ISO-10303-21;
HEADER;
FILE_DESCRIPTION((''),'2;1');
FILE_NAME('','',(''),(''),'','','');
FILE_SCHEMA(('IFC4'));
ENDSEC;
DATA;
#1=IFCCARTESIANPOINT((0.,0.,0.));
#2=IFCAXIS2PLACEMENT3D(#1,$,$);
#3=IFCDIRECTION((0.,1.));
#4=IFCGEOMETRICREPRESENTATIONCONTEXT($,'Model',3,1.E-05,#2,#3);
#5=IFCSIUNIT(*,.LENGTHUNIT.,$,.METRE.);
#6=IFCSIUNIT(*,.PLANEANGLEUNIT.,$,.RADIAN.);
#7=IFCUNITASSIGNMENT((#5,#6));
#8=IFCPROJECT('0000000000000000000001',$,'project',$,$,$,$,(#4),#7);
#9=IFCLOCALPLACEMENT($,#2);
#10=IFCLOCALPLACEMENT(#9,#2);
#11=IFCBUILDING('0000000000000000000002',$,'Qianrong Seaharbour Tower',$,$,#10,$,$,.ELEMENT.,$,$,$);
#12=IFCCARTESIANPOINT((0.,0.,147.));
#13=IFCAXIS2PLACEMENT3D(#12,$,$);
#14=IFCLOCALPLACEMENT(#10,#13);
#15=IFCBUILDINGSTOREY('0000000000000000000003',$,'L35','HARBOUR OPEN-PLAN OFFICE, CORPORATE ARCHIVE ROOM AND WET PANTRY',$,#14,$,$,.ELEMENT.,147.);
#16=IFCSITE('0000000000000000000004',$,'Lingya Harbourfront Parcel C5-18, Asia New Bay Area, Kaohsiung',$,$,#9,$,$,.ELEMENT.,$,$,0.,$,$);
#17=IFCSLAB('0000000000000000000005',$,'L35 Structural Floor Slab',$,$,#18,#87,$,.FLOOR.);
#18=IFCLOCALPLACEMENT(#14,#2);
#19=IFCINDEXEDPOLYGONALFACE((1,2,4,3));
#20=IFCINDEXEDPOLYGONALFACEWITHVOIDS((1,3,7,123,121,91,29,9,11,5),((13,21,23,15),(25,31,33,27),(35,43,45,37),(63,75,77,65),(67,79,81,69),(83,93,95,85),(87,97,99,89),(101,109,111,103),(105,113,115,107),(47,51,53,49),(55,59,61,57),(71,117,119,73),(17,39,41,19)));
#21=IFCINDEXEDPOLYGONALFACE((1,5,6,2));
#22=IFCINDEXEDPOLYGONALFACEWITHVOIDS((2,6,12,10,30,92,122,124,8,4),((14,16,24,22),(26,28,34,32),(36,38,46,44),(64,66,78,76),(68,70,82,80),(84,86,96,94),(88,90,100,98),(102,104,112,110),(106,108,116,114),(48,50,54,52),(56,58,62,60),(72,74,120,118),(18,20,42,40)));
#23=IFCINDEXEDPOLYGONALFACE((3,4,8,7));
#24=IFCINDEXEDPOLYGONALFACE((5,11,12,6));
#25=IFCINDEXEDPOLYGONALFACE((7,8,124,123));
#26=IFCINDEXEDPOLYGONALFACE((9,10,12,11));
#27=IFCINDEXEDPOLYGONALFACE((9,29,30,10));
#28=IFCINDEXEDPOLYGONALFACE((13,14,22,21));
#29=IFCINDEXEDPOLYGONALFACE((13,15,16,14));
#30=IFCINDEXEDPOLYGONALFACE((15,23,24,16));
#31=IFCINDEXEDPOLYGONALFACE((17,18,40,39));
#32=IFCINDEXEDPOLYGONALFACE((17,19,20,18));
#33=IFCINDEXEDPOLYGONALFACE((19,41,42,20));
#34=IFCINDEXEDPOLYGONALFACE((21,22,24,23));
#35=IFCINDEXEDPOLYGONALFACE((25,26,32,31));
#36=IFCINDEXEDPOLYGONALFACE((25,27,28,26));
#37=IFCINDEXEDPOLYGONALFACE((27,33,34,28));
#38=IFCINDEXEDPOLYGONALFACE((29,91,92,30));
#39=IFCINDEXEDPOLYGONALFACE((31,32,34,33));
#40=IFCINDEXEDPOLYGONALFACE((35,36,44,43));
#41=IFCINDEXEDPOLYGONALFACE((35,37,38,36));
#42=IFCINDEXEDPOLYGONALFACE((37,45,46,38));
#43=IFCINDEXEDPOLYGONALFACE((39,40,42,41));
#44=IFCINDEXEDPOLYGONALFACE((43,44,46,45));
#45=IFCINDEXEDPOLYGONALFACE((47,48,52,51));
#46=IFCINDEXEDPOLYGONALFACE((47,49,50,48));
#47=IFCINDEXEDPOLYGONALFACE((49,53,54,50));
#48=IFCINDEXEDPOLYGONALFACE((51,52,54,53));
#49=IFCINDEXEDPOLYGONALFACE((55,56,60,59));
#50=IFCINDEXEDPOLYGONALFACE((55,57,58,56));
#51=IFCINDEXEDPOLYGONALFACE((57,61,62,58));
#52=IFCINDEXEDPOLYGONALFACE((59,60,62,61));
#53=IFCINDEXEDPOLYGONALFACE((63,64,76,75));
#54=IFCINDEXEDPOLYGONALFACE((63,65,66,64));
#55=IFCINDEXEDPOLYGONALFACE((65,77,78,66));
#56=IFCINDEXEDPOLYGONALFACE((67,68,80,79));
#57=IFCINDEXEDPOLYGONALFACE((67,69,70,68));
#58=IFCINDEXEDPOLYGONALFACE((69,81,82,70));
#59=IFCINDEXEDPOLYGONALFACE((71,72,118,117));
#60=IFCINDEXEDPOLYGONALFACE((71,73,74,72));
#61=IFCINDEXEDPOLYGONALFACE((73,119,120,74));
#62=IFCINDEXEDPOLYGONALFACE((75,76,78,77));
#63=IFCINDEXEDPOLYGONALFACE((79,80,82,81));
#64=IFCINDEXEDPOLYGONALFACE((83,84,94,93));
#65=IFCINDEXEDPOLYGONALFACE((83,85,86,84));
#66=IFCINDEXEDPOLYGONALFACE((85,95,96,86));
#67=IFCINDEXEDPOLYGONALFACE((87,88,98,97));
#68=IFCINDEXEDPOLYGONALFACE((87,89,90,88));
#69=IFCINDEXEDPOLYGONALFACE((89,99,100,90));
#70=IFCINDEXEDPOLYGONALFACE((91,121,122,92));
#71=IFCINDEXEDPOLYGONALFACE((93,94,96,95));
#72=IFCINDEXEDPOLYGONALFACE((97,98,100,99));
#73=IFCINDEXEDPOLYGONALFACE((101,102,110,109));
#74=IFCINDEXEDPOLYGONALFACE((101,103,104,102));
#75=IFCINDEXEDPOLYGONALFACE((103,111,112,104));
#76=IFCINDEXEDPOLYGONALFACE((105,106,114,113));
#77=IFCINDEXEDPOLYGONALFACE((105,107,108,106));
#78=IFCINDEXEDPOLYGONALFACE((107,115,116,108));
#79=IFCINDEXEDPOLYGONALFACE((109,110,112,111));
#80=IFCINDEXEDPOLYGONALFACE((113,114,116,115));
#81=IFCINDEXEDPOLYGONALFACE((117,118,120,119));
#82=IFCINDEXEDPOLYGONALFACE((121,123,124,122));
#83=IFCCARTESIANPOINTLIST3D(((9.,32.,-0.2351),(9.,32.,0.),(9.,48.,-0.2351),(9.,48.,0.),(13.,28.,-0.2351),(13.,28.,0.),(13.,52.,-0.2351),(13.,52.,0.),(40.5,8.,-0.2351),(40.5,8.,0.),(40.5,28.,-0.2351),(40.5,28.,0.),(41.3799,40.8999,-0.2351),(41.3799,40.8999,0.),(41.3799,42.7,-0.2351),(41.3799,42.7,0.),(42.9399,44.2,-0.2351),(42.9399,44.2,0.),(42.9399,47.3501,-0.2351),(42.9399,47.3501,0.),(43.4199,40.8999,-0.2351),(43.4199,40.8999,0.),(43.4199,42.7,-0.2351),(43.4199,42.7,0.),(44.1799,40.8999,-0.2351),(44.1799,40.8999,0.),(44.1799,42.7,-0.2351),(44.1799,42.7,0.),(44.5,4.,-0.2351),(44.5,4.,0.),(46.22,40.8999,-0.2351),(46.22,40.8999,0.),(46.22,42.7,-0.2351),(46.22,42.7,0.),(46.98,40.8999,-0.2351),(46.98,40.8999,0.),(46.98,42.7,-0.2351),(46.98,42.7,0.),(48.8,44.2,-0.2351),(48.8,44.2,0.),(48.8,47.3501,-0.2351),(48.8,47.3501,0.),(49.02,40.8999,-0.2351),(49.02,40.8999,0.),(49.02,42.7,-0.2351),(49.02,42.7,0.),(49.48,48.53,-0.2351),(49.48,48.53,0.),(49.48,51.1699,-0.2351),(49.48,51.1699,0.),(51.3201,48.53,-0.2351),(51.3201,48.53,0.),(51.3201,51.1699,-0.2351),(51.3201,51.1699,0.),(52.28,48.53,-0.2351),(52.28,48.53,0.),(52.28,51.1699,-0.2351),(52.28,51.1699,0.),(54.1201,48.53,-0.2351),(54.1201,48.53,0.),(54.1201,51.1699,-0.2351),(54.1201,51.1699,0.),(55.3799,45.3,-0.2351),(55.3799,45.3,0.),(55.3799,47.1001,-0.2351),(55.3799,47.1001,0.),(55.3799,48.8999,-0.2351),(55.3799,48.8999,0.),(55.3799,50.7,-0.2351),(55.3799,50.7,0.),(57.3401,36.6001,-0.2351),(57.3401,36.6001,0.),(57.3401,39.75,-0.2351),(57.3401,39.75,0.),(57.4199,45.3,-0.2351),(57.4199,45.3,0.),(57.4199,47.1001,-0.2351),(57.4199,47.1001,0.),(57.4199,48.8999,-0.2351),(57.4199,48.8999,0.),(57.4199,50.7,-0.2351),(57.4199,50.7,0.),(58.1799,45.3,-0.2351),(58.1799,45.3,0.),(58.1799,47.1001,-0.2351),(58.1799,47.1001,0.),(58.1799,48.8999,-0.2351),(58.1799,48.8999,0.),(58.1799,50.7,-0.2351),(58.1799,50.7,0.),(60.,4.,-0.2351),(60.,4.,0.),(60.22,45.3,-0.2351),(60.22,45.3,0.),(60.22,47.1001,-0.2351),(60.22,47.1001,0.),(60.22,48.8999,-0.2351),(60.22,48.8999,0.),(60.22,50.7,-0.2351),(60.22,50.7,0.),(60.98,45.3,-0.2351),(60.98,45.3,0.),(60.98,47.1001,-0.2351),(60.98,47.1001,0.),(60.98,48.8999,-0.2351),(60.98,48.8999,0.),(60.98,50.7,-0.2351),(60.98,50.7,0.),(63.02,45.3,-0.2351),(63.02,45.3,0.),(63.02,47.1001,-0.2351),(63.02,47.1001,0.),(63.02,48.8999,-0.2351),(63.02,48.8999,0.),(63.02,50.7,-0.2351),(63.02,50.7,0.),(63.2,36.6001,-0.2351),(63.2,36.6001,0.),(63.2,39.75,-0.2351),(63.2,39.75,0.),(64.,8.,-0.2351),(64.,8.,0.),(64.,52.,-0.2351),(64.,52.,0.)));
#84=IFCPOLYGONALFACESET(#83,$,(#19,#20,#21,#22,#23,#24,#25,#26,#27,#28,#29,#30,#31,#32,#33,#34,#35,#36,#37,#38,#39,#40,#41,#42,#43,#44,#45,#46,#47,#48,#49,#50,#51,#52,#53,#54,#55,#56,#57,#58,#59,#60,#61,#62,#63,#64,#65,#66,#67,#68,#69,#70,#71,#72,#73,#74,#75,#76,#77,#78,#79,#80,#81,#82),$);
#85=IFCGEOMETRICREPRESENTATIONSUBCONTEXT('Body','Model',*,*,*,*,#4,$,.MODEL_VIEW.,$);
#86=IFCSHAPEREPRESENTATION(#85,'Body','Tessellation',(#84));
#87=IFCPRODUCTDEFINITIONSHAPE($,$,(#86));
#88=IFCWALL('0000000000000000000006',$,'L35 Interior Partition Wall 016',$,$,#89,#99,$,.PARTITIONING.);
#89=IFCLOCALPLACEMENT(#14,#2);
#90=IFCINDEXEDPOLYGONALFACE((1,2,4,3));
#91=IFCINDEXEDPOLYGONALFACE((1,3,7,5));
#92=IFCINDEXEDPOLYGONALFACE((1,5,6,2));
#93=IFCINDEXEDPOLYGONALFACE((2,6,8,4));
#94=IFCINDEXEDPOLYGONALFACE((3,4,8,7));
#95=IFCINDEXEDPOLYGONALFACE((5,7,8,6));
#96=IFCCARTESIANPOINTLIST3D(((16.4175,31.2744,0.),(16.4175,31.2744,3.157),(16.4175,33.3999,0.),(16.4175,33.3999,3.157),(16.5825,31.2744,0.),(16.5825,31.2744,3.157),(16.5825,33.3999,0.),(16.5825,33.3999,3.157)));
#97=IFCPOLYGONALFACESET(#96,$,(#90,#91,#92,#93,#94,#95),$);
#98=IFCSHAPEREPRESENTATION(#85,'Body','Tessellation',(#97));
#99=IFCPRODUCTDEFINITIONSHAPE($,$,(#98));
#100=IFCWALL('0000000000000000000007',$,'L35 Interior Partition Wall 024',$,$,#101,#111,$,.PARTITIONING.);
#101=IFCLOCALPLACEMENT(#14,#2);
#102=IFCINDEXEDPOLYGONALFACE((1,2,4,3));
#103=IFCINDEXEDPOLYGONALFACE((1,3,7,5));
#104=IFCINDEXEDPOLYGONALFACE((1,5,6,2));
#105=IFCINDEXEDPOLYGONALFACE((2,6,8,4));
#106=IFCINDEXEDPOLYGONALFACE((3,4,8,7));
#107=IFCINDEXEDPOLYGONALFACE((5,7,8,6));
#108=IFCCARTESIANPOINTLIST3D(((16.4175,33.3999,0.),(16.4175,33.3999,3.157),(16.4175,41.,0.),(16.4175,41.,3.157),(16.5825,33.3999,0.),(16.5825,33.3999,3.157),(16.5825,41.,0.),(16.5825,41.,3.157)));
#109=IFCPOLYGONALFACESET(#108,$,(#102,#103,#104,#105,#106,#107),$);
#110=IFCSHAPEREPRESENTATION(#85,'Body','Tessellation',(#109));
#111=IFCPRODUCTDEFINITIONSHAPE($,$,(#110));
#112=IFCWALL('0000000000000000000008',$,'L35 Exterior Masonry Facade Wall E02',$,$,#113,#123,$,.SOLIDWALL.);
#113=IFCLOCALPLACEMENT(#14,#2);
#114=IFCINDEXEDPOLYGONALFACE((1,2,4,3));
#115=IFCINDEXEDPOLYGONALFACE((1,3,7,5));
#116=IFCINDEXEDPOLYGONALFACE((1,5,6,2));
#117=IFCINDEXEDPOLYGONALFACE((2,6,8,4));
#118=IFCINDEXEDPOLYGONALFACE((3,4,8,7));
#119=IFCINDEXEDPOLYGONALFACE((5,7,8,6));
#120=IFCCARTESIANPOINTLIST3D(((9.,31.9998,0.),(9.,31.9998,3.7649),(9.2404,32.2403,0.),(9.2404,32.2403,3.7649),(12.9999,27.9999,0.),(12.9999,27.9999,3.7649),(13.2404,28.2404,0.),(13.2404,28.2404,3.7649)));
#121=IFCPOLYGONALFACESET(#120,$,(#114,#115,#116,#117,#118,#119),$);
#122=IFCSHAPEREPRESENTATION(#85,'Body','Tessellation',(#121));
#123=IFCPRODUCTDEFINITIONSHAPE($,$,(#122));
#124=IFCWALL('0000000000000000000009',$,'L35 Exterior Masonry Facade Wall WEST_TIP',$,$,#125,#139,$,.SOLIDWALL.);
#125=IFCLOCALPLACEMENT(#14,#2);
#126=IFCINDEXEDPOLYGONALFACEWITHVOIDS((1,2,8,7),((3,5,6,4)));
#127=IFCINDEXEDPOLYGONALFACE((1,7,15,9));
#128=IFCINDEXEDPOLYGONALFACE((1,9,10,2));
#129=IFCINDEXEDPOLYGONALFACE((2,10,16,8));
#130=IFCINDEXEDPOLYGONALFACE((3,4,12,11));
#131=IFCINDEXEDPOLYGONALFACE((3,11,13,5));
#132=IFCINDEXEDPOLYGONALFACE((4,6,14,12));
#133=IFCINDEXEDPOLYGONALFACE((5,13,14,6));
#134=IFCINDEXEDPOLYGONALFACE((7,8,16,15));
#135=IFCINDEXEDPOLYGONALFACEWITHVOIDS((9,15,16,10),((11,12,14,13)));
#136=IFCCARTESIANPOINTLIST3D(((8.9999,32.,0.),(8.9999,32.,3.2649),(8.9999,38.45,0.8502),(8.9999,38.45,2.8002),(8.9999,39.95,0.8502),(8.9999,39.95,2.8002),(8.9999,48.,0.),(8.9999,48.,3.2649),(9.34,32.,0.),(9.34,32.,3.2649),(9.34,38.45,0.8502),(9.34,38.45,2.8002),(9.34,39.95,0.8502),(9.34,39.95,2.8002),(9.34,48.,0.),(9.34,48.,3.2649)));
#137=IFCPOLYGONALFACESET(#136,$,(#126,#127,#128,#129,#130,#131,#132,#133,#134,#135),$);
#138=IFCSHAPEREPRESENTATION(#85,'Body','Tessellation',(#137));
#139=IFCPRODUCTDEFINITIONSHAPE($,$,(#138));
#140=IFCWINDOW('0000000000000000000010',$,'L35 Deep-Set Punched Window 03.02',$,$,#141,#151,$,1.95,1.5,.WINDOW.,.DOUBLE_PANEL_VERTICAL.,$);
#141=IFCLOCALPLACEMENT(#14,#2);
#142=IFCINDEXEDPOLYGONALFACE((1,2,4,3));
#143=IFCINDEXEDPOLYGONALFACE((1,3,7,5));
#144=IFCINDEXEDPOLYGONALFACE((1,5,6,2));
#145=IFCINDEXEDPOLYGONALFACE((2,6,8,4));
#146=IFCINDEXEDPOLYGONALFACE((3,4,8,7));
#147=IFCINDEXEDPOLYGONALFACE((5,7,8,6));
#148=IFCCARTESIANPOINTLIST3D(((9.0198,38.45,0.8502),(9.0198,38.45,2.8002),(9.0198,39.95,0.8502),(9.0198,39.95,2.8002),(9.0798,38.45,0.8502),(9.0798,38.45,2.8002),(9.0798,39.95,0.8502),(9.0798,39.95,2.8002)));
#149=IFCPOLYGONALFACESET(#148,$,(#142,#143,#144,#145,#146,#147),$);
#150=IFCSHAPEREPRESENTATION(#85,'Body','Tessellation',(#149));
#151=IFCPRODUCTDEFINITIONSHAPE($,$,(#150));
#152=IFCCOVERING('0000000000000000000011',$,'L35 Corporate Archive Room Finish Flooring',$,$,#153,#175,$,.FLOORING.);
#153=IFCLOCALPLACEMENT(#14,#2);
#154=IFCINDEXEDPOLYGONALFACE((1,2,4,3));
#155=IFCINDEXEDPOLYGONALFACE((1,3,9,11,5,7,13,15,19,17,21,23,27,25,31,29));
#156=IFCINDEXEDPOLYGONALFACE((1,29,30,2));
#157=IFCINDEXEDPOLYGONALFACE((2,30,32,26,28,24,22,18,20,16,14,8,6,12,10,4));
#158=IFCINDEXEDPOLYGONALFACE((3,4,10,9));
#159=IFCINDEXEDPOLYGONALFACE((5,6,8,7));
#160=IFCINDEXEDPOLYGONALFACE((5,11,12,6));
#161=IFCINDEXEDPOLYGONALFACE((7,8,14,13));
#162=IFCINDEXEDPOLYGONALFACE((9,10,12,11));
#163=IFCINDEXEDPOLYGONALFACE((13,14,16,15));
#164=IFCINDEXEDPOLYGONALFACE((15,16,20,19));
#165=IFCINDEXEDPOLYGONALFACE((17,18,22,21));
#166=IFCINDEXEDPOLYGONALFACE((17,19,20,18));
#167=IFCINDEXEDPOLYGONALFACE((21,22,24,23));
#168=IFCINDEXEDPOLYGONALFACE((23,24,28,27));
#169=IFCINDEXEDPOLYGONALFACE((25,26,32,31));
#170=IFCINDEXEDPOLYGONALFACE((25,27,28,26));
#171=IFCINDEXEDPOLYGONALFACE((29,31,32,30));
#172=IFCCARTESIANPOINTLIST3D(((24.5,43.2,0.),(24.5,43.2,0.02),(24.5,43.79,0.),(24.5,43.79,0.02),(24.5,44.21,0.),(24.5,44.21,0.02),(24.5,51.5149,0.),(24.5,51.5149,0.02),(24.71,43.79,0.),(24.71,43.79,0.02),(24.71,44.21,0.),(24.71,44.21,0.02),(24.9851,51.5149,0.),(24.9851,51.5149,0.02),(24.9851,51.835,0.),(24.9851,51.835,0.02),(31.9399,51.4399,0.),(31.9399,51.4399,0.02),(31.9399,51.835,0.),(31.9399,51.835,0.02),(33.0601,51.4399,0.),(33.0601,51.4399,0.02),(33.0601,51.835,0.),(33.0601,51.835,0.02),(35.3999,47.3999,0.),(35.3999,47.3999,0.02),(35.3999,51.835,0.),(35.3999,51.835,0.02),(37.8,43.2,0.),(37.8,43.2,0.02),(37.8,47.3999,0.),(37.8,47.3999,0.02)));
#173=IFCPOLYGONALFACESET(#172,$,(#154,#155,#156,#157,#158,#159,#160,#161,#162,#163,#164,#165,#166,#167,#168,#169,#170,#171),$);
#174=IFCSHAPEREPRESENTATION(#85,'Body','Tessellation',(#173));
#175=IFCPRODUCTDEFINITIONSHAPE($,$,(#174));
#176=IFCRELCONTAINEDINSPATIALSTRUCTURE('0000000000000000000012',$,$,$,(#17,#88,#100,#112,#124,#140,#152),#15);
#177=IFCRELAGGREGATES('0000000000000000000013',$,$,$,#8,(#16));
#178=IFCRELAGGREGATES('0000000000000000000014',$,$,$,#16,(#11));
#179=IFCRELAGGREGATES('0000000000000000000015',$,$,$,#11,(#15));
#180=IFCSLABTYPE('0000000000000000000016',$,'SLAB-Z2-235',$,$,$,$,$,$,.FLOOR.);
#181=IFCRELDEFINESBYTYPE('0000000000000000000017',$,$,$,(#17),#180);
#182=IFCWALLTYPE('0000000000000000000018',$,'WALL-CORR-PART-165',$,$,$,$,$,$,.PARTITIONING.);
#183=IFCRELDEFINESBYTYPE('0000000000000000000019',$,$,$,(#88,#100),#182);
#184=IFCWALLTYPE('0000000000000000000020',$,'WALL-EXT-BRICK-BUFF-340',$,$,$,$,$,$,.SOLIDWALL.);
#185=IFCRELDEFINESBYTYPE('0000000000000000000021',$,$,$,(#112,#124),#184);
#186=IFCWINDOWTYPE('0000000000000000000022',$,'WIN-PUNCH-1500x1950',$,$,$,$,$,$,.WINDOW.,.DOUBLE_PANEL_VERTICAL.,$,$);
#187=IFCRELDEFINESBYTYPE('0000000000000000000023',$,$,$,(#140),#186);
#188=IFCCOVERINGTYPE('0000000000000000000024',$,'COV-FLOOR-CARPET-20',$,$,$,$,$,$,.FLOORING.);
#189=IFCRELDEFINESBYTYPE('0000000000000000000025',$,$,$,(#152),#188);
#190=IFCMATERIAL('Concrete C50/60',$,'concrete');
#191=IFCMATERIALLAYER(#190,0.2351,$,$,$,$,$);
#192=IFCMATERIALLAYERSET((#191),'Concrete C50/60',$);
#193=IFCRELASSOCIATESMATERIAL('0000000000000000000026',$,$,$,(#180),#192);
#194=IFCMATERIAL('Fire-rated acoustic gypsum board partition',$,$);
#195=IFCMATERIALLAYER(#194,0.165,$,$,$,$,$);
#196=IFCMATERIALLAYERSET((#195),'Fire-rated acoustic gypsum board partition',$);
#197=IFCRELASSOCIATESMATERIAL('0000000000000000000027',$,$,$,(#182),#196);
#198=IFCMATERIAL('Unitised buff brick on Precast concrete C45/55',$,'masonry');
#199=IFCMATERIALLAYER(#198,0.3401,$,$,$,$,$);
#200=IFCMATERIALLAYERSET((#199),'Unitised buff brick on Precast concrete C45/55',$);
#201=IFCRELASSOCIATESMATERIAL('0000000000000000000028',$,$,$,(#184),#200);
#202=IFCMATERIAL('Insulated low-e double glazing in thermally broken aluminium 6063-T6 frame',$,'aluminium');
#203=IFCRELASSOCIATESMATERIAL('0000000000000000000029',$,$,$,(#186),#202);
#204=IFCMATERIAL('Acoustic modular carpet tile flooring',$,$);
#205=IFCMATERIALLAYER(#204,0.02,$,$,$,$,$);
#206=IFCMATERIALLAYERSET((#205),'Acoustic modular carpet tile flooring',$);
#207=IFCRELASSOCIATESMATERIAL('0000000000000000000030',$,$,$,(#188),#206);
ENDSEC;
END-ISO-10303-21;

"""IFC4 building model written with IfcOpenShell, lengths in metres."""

from ifc_helpers import new_model, si_unit, direction, frame, frame_2d, origin, place, context, subcontext, project, spatial, polyline, rectangle, outline, extrude, material, layer, layer_set, type_object, element, fill, save


model = new_model("IFC4")

# Units and contexts
model_context = context("Model", 3, precision=1e-05, world=origin(), true_north=direction((0.0, 1.0)))
body_context = subcontext(model_context, "Body", "Model", "MODEL_VIEW")
ifc_project = project(units=[si_unit("LENGTHUNIT", "METRE"), si_unit("PLANEANGLEUNIT", "RADIAN")], contexts=[model_context])

# Site, building, storey
site_placement = place(None, origin())
site = spatial("IfcSite", under=ifc_project, at=site_placement, Name="Lingya Harbourfront Parcel C5-18, Asia New Bay Area, Kaohsiung", CompositionType="ELEMENT", RefElevation=0.0)
building_placement = place(site_placement, origin())
building = spatial("IfcBuilding", under=site, at=building_placement, Name="Qianrong Seaharbour Tower", CompositionType="ELEMENT")
storey_placement = place(building_placement, frame((0.0, 0.0, 147.0)))
storey = spatial("IfcBuildingStorey", under=building, at=storey_placement, Name="L35", Description="HARBOUR OPEN-PLAN OFFICE, CORPORATE ARCHIVE ROOM AND WET PANTRY", CompositionType="ELEMENT", Elevation=147.0)

# Shared definitions
ifc_material_1 = material(Name="Concrete C50/60", Category="concrete")

# Slab
ifc_layer_1 = layer(ifc_material_1, 0.2351)
ifc_layer_set_1 = layer_set([ifc_layer_1], Name="Concrete C50/60")
slab_type_1 = type_object("IfcSlabType", Name="SLAB-Z2-235", PredefinedType="FLOOR", material=ifc_layer_set_1)
slab_1_placement = place(storey_placement, frame((0.0, 0.0, -0.2351)))
element("IfcSlab", 1, at=slab_1_placement, inside=storey, type_object=slab_type_1, Name="L35 Structural Floor Slab", PredefinedType="FLOOR", context=body_context, shape_type="SweptSolid", body=[
    extrude(outline(polyline([(44.5, 4.0), (60.0, 4.0), (64.0, 8.0), (64.0, 52.0), (13.0, 52.0), (9.0, 48.0), (9.0, 32.0), (13.0, 28.0), (40.5, 28.0), (40.5, 8.0), (44.5, 4.0)]), holes=[polyline([(42.9399, 44.2), (42.9399, 47.3501), (48.8, 47.3501), (48.8, 44.2), (42.9399, 44.2)]), polyline([(57.3401, 36.6001), (57.3401, 39.75), (63.2, 39.75), (63.2, 36.6001), (57.3401, 36.6001)]), polyline([(49.48, 48.53), (49.48, 51.1699), (51.3201, 51.1699), (51.3201, 48.53), (49.48, 48.53)]), polyline([(52.28, 48.53), (52.28, 51.1699), (54.1201, 51.1699), (54.1201, 48.53), (52.28, 48.53)]), polyline([(41.3799, 40.8999), (41.3799, 42.7), (43.4199, 42.7), (43.4199, 40.8999), (41.3799, 40.8999)]), polyline([(44.1799, 40.8999), (44.1799, 42.7), (46.22, 42.7), (46.22, 40.8999), (44.1799, 40.8999)]), polyline([(46.98, 40.8999), (46.98, 42.7), (49.02, 42.7), (49.02, 40.8999), (46.98, 40.8999)]), polyline([(55.3799, 45.3), (55.3799, 47.1001), (57.4199, 47.1001), (57.4199, 45.3), (55.3799, 45.3)]), polyline([(58.1799, 45.3), (58.1799, 47.1001), (60.22, 47.1001), (60.22, 45.3), (58.1799, 45.3)]), polyline([(60.98, 45.3), (60.98, 47.1001), (63.02, 47.1001), (63.02, 45.3), (60.98, 45.3)]), polyline([(55.3799, 48.8999), (55.3799, 50.7), (57.4199, 50.7), (57.4199, 48.8999), (55.3799, 48.8999)]), polyline([(58.1799, 48.8999), (58.1799, 50.7), (60.22, 50.7), (60.22, 48.8999), (58.1799, 48.8999)]), polyline([(60.98, 48.8999), (60.98, 50.7), (63.02, 50.7), (63.02, 48.8999), (60.98, 48.8999)])]), origin(), (0.0, 0.0, 1.0), 0.2351),
])

# Walls
ifc_material_2 = material(Name="Fire-rated acoustic gypsum board partition")
ifc_layer_2 = layer(ifc_material_2, 0.165)
ifc_layer_set_2 = layer_set([ifc_layer_2], Name="Fire-rated acoustic gypsum board partition")
wall_type_1 = type_object("IfcWallType", Name="WALL-CORR-PART-165", PredefinedType="PARTITIONING", material=ifc_layer_set_2)
wall_1_placement = place(storey_placement, frame((16.5, 31.2744, 0.0), z_axis=(0.0, 0.0, 1.0), x_axis=(0.0, 1.0, 0.0)))
element("IfcWall", 2, at=wall_1_placement, inside=storey, type_object=wall_type_1, Name="L35 Interior Partition Wall 016", PredefinedType="PARTITIONING", context=body_context, shape_type="SweptSolid", body=[
    extrude(rectangle(XDim=2.1255, YDim=0.165, at=frame_2d((1.0627, 0.0))), origin(), (0.0, 0.0, 1.0), 3.157),
])
wall_2_placement = place(storey_placement, frame((16.5, 33.3999, 0.0), z_axis=(0.0, 0.0, 1.0), x_axis=(0.0, 1.0, 0.0)))
element("IfcWall", 3, at=wall_2_placement, inside=storey, type_object=wall_type_1, Name="L35 Interior Partition Wall 024", PredefinedType="PARTITIONING", context=body_context, shape_type="SweptSolid", body=[
    extrude(rectangle(XDim=7.6001, YDim=0.165, at=frame_2d((3.8, 0.0))), origin(), (0.0, 0.0, 1.0), 3.157),
])
ifc_material_3 = material(Name="Unitised buff brick on Precast concrete C45/55", Category="masonry")
ifc_layer_3 = layer(ifc_material_3, 0.3401)
ifc_layer_set_3 = layer_set([ifc_layer_3], Name="Unitised buff brick on Precast concrete C45/55")
wall_type_2 = type_object("IfcWallType", Name="WALL-EXT-BRICK-BUFF-340", PredefinedType="SOLIDWALL", material=ifc_layer_set_3)
wall_3_placement = place(storey_placement, frame((13.1201, 28.1201, 0.0), z_axis=(0.0, 0.0, 1.0), x_axis=(-0.707107, 0.707107, 0.0)))
element("IfcWall", 4, at=wall_3_placement, inside=storey, type_object=wall_type_2, Name="L35 Exterior Masonry Facade Wall E02", PredefinedType="SOLIDWALL", context=body_context, shape_type="SweptSolid", body=[
    extrude(rectangle(XDim=5.6567, YDim=0.3401, at=frame_2d((2.8284, 0.0))), origin(), (0.0, 0.0, 1.0), 3.7649),
])

# Wall, opening, window
wall_4_placement = place(storey_placement, frame((9.1699, 32.0, 0.0), z_axis=(0.0, 0.0, 1.0), x_axis=(0.0, 1.0, 0.0)))
wall_4 = element("IfcWall", 5, at=wall_4_placement, inside=storey, type_object=wall_type_2, Name="L35 Exterior Masonry Facade Wall WEST_TIP", PredefinedType="SOLIDWALL", context=body_context, shape_type="SweptSolid", body=[
    extrude(rectangle(XDim=16.0, YDim=0.3401, at=frame_2d((8.0, 0.0))), origin(), (0.0, 0.0, 1.0), 3.2649),
])
opening_placement = place(wall_4_placement, frame((6.45, 0.0, 0.8501)))
opening = element("IfcOpeningElement", 6, at=opening_placement, cuts=wall_4, PredefinedType="OPENING", context=body_context, shape_type="SweptSolid", body=[
    extrude(rectangle(XDim=1.5, YDim=1.95, at=frame_2d((0.75, 0.9751))), frame((0.0, 0.1802, 0.0), z_axis=(0.0, -1.0, 0.0), x_axis=(1.0, 0.0, 0.0)), (0.0, 0.0, 1.0), 0.3601),
])
ifc_material_4 = material(Name="Insulated low-e double glazing in thermally broken aluminium 6063-T6 frame", Category="aluminium")
window_type = type_object("IfcWindowType", Name="WIN-PUNCH-1500x1950", PartitioningType="DOUBLE_PANEL_VERTICAL", PredefinedType="WINDOW", material=ifc_material_4)
window_placement = place(opening_placement, origin())
window = element("IfcWindow", 7, at=window_placement, inside=storey, type_object=window_type, Name="L35 Deep-Set Punched Window 03.02", OverallHeight=1.95, OverallWidth=1.5, PartitioningType="DOUBLE_PANEL_VERTICAL", PredefinedType="WINDOW", context=body_context, shape_type="SweptSolid", body=[
    extrude(rectangle(XDim=1.5, YDim=1.95, at=frame_2d((0.75, 0.9751))), frame((0.0, 0.1501, 0.0), z_axis=(0.0, -1.0, 0.0), x_axis=(1.0, 0.0, 0.0)), (0.0, 0.0, 1.0), 0.0601),
])
fill(opening, window)

# Covering
ifc_material_5 = material(Name="Acoustic modular carpet tile flooring")
ifc_layer_4 = layer(ifc_material_5, 0.02)
ifc_layer_set_4 = layer_set([ifc_layer_4], Name="Acoustic modular carpet tile flooring")
covering_type_1 = type_object("IfcCoveringType", Name="COV-FLOOR-CARPET-20", PredefinedType="FLOORING", material=ifc_layer_set_4)
covering_1_placement = place(storey_placement, origin())
element("IfcCovering", 8, at=covering_1_placement, inside=storey, type_object=covering_type_1, Name="L35 Corporate Archive Room Finish Flooring", PredefinedType="FLOORING", context=body_context, shape_type="SweptSolid", body=[
    extrude(outline(polyline([(24.5, 43.79), (24.71, 43.79), (24.71, 44.21), (24.5, 44.21), (24.5, 51.5149), (24.9851, 51.5149), (24.9851, 51.835), (31.9399, 51.835), (31.9399, 51.4399), (33.0601, 51.4399), (33.0601, 51.835), (35.3999, 51.835), (35.3999, 47.3999), (37.8, 47.3999), (37.8, 43.2), (24.5, 43.2), (24.5, 43.79)])), origin(), (0.0, 0.0, 1.0), 0.02),
])

save(model, "model.ifc")
